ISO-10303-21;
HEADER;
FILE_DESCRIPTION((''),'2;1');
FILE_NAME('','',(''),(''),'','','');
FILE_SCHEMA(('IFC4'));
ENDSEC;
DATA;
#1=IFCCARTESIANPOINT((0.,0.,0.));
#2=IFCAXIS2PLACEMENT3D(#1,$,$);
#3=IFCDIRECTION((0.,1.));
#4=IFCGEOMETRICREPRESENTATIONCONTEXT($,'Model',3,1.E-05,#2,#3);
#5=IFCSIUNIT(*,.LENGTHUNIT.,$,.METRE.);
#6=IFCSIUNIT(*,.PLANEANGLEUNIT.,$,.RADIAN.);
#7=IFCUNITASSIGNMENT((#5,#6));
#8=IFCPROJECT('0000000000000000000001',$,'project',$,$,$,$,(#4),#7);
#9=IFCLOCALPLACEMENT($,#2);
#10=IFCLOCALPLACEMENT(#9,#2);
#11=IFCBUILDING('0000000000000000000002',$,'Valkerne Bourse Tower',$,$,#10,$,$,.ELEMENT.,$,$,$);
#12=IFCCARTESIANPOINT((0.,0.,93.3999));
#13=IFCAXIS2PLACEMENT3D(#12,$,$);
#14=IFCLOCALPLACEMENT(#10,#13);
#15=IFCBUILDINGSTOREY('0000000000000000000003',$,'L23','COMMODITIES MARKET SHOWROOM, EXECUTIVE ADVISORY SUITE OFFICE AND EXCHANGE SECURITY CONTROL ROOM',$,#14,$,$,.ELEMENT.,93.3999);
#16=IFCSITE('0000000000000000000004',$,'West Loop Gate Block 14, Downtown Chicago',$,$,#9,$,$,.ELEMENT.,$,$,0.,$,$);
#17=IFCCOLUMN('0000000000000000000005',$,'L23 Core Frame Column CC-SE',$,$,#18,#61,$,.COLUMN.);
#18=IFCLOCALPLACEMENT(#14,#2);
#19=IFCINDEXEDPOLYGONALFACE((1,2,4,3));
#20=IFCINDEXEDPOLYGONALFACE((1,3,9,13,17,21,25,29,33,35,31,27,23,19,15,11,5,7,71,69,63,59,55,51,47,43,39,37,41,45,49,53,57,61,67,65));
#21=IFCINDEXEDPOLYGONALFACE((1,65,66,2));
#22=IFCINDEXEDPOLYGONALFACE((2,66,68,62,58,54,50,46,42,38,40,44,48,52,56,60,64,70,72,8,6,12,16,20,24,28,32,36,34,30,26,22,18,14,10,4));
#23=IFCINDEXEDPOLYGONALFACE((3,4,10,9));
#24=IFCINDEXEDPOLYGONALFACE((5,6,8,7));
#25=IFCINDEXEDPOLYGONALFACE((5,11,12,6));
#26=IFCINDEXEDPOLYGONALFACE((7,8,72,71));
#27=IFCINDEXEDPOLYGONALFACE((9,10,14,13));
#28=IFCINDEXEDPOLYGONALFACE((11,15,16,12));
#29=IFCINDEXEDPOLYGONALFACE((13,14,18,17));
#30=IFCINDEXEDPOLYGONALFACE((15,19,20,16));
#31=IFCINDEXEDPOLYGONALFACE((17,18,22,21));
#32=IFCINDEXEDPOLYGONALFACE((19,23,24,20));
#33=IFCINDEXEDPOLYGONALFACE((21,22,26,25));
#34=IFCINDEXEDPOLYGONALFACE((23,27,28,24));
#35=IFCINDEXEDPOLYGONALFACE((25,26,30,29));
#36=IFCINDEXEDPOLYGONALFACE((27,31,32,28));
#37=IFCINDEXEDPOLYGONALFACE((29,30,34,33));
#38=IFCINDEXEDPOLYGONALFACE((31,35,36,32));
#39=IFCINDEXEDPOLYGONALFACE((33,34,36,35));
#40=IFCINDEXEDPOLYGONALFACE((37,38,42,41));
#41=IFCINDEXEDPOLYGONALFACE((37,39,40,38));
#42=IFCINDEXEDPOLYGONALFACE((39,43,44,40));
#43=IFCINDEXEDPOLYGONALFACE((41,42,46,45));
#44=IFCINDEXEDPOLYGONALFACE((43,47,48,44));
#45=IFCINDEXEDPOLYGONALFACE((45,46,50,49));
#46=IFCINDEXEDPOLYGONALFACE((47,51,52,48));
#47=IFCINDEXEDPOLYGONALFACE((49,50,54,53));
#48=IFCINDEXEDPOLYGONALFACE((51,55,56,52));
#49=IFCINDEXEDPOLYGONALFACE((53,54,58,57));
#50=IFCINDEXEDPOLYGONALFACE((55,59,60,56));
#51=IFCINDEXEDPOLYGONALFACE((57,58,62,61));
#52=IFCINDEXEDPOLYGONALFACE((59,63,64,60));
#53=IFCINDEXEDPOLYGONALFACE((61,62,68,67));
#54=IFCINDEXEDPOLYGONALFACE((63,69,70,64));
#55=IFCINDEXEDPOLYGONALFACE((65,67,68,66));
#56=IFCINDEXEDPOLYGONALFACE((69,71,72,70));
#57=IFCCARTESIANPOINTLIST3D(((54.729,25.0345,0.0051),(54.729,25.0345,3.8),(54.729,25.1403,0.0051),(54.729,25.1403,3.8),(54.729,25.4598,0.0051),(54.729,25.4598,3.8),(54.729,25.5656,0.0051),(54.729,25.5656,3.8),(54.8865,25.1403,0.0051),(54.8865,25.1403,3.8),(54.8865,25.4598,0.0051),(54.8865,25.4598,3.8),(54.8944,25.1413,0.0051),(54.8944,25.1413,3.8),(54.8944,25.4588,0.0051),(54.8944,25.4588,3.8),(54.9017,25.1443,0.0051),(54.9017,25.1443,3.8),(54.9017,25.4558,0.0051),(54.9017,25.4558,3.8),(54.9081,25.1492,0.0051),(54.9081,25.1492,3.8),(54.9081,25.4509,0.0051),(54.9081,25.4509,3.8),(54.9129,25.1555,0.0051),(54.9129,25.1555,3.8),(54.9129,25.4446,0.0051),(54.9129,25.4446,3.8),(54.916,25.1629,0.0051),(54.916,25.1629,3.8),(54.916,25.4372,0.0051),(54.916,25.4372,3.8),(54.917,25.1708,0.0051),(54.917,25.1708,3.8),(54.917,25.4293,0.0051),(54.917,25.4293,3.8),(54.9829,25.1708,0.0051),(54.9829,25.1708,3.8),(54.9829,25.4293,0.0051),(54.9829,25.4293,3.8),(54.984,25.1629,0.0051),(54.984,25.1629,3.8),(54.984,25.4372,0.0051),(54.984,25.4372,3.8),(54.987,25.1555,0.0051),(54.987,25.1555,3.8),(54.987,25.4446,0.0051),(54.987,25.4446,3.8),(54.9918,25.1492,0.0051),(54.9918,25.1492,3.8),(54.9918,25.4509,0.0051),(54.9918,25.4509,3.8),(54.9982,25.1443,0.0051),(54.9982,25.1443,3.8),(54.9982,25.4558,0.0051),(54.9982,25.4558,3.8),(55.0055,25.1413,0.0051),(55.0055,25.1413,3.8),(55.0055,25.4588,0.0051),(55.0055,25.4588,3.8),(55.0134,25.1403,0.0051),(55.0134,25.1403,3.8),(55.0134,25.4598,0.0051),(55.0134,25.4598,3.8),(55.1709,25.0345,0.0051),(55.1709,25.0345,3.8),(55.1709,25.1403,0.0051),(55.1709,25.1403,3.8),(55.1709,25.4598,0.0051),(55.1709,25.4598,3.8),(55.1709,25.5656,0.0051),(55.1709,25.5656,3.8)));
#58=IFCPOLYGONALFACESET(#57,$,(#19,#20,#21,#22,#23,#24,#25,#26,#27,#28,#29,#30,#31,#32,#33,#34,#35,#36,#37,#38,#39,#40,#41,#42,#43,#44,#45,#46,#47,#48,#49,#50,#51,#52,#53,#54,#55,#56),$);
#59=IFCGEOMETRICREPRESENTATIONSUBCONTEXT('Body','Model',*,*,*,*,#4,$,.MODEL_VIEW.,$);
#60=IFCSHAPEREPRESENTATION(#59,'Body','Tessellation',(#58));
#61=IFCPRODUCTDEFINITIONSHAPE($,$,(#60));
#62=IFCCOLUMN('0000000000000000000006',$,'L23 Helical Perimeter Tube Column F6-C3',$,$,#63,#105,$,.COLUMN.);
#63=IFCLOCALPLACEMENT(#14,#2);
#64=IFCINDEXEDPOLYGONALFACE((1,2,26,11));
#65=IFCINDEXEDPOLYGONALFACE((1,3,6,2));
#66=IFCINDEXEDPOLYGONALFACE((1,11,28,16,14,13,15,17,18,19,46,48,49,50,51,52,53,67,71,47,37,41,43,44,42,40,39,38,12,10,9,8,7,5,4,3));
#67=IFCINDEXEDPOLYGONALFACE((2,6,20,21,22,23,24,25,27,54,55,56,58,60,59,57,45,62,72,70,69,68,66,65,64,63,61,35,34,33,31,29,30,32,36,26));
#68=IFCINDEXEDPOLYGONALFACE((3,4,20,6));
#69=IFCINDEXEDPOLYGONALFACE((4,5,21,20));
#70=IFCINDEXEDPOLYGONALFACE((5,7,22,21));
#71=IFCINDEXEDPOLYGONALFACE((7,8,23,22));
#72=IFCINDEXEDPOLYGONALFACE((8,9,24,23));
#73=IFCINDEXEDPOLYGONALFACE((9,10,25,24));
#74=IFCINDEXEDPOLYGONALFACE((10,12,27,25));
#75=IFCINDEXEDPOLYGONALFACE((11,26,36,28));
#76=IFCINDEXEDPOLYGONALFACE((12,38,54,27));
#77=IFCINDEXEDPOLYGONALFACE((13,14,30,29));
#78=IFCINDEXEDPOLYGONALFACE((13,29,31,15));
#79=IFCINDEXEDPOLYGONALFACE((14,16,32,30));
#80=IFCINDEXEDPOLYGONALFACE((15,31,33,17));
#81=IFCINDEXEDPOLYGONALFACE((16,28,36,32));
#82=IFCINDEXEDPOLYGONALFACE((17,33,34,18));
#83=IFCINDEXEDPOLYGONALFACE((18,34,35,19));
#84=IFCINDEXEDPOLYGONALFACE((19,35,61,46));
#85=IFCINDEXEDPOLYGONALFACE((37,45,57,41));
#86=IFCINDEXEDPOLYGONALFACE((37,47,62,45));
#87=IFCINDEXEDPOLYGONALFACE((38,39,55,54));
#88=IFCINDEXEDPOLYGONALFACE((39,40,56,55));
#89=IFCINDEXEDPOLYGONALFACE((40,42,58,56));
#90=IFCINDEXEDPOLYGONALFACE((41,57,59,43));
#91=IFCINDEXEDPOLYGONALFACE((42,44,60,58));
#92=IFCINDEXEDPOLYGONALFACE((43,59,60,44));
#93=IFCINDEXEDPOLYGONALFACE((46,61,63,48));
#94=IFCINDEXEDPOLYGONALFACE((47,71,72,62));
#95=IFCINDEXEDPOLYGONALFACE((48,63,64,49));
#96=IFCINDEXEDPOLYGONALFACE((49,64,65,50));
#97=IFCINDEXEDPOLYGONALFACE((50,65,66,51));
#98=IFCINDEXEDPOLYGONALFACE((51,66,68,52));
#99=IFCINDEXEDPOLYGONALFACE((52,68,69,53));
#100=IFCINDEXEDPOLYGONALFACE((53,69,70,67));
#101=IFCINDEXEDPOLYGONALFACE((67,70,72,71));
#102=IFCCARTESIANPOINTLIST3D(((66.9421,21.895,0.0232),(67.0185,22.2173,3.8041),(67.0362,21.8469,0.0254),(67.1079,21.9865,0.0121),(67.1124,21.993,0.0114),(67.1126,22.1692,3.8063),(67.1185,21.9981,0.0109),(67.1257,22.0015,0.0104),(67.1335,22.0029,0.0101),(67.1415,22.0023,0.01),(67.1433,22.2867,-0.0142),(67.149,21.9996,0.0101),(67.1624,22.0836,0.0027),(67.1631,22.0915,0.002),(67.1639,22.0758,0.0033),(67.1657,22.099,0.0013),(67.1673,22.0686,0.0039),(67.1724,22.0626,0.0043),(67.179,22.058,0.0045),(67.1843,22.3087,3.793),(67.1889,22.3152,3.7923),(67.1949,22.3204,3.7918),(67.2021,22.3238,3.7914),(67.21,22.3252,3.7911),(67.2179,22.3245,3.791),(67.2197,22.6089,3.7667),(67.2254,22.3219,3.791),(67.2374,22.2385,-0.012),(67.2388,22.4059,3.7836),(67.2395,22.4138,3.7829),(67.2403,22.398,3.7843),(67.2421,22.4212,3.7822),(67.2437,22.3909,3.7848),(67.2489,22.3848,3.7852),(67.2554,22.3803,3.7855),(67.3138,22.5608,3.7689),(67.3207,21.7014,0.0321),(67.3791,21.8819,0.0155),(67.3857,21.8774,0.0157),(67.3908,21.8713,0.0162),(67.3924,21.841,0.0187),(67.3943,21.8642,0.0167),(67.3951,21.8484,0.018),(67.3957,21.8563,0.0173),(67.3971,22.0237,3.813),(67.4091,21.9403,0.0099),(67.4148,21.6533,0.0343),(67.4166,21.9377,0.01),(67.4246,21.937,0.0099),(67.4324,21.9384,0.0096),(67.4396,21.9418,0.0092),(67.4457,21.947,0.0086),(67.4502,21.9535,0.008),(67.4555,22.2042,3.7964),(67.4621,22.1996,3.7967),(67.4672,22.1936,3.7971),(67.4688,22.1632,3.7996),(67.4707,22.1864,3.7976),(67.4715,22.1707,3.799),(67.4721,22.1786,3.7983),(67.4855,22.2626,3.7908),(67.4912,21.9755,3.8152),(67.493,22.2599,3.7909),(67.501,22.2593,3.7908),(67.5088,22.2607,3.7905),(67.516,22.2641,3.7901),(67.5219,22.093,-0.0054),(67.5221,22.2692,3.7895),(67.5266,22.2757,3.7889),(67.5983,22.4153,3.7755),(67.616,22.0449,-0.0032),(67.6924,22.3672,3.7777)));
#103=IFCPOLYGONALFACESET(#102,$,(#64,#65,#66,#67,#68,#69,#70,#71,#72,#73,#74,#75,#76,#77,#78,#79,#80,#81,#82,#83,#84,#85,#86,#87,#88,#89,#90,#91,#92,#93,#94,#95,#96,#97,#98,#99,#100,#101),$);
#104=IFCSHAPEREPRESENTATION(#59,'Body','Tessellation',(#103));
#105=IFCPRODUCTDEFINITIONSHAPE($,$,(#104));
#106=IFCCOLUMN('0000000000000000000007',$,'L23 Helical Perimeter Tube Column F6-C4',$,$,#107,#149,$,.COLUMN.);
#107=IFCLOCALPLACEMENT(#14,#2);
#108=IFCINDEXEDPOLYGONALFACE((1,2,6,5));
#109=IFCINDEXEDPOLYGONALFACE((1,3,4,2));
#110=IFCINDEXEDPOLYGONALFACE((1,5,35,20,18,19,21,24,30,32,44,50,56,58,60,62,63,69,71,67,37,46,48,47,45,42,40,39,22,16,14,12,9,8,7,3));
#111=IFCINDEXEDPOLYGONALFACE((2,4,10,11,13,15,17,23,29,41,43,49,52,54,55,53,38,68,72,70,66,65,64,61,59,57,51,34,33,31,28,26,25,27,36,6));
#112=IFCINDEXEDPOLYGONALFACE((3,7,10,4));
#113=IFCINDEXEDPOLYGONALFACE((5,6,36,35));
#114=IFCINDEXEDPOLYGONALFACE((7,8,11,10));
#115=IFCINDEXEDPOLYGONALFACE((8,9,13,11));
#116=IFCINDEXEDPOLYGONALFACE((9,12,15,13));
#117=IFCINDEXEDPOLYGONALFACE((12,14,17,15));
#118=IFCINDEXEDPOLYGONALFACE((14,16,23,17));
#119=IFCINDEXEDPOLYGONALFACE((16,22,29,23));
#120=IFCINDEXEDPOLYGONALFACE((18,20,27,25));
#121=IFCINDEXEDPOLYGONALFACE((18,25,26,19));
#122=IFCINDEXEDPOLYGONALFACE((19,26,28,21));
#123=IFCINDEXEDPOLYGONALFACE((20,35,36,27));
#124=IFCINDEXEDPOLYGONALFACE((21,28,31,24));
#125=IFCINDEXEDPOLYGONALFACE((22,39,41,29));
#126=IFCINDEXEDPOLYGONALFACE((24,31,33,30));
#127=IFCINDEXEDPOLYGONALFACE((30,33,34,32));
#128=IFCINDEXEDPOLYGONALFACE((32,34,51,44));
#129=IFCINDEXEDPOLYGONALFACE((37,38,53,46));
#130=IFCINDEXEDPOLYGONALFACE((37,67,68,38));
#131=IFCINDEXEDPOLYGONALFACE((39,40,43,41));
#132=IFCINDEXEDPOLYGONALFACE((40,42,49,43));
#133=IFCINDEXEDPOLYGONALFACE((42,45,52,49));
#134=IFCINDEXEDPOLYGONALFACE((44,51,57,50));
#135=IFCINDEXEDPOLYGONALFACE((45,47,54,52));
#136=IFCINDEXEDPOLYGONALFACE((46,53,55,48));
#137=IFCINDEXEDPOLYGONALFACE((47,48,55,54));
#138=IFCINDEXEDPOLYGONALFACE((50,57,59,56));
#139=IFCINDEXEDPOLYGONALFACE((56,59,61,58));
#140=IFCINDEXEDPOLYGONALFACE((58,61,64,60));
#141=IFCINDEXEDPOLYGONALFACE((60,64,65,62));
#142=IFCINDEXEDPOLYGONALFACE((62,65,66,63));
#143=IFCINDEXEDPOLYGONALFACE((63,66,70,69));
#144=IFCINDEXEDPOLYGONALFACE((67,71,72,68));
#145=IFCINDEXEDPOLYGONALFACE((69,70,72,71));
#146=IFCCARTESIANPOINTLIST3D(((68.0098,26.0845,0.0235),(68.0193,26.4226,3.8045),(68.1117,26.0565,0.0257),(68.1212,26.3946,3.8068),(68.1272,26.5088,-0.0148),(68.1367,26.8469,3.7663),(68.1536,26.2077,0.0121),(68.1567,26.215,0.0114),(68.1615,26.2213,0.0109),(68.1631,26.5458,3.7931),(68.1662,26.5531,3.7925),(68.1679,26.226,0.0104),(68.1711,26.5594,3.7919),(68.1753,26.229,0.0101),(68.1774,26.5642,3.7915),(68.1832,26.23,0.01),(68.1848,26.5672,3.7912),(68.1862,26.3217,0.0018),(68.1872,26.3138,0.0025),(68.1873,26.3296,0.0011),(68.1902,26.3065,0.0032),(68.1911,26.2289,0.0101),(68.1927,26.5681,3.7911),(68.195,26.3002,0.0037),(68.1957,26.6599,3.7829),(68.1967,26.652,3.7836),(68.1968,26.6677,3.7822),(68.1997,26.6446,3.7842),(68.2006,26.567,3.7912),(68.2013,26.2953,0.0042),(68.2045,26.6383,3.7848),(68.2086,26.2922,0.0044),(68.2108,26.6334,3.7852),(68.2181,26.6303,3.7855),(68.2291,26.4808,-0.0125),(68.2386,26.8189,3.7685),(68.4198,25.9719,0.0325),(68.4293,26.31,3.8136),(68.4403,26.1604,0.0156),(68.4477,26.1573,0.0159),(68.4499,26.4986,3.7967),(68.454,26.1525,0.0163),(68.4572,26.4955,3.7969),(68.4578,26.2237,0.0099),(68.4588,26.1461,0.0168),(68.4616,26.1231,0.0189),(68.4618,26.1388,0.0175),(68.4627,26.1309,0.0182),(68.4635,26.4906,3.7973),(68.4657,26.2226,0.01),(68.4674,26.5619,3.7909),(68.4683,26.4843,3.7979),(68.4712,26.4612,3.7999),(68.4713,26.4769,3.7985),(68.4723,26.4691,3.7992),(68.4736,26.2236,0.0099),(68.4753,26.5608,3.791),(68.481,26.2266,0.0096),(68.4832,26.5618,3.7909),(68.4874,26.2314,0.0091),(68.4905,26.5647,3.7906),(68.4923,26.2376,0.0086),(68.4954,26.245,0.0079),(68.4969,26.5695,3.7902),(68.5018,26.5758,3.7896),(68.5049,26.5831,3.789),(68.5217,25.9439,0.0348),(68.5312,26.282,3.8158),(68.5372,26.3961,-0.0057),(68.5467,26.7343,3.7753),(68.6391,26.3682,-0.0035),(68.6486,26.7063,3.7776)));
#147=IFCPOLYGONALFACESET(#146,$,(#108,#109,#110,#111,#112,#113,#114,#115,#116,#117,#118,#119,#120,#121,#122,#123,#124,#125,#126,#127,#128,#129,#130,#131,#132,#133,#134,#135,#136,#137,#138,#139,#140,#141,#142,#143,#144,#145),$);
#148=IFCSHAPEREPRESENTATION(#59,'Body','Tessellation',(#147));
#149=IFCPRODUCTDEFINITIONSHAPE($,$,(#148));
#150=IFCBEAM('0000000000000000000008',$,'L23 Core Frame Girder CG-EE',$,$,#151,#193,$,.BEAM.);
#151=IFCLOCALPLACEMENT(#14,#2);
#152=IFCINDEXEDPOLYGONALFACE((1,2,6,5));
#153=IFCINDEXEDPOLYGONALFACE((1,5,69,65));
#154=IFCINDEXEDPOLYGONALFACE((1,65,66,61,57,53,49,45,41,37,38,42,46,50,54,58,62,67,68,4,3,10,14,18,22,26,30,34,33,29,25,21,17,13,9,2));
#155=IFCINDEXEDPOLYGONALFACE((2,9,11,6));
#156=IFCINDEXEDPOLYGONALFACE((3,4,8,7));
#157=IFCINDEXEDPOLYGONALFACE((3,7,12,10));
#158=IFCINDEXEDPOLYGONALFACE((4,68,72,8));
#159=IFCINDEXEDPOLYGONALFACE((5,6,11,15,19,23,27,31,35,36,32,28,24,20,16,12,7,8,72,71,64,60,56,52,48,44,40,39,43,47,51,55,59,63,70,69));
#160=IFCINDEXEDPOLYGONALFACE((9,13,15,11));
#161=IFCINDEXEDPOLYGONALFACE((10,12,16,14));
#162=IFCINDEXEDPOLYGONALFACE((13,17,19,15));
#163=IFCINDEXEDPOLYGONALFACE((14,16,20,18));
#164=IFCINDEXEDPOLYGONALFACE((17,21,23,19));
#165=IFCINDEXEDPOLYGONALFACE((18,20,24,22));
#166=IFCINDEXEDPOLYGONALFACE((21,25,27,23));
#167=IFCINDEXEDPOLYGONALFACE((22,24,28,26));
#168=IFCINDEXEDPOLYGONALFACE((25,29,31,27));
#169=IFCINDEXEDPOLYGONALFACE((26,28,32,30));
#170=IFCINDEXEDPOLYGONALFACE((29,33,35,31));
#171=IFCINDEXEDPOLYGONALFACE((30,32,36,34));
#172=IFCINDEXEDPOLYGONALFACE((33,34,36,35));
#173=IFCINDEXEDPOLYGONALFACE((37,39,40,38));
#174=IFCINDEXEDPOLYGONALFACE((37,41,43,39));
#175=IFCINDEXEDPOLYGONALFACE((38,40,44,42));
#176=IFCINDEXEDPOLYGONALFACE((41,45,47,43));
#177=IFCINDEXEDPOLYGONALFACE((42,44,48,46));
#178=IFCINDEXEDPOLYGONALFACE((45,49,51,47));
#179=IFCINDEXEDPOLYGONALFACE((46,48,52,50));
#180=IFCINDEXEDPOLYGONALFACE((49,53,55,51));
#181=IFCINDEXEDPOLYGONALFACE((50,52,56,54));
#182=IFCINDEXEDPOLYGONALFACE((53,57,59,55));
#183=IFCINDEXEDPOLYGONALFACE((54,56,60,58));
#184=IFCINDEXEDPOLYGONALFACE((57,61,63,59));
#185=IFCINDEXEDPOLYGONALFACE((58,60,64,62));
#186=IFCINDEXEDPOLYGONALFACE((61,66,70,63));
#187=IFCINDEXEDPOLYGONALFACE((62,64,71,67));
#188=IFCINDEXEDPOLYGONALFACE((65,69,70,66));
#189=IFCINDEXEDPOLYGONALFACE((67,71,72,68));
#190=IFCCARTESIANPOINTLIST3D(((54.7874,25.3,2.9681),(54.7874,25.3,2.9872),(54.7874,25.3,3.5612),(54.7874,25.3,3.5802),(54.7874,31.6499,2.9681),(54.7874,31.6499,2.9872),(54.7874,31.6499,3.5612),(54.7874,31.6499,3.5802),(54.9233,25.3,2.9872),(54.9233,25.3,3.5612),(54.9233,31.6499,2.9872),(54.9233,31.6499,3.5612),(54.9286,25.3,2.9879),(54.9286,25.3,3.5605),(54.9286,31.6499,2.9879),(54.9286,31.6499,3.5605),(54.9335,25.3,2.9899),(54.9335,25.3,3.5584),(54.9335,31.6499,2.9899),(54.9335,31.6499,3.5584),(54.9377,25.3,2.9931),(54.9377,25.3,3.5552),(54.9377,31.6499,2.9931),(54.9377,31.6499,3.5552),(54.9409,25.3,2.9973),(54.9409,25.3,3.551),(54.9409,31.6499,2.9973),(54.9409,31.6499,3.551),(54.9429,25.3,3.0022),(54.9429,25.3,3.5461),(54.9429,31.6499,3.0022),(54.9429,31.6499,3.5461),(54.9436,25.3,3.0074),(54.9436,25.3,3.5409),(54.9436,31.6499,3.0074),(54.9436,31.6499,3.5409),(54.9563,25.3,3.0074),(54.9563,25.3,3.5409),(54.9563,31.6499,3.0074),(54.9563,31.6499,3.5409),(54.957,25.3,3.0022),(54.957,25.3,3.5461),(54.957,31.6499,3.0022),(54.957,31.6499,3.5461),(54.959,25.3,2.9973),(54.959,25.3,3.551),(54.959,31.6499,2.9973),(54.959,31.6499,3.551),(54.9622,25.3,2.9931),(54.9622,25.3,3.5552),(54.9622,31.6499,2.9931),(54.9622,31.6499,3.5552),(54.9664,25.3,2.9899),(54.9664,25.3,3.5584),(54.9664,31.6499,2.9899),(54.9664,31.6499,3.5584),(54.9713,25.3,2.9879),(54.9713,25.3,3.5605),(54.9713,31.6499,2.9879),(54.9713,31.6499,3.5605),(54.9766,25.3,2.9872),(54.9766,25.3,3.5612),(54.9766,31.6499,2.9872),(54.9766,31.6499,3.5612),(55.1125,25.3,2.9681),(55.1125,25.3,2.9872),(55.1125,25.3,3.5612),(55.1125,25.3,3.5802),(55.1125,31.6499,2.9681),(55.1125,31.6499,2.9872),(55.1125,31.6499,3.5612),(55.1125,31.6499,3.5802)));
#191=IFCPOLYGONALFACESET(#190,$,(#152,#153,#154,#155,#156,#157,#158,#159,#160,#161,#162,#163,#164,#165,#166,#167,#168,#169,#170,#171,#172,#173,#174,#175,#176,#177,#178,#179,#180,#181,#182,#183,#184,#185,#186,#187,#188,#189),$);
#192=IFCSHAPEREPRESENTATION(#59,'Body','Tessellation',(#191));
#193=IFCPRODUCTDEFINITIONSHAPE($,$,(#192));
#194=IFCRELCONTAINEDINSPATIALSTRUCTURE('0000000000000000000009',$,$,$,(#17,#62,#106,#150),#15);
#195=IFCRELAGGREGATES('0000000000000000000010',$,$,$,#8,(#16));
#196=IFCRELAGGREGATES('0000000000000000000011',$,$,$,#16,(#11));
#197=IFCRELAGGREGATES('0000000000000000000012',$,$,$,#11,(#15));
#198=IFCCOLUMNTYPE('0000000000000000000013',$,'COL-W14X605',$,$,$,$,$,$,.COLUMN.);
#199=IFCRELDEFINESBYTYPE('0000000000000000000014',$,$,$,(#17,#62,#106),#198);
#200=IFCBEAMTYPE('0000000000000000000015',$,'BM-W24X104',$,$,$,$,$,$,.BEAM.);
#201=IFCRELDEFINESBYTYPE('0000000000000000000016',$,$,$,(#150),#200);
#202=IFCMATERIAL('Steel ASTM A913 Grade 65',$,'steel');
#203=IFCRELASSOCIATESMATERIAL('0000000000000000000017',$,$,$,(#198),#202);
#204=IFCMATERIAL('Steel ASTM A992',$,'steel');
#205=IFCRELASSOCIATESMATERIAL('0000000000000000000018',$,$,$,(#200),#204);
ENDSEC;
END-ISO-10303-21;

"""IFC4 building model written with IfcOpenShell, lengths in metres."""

from ifc_helpers import new_model, si_unit, direction, frame, origin, origin_2d, place, context, subcontext, project, spatial, i_section, extrude, material, material_profile, profile_set, type_object, element, save


model = new_model("IFC4")

# Units and contexts
model_context = context("Model", 3, precision=1e-05, world=origin(), true_north=direction((0.0, 1.0)))
body_context = subcontext(model_context, "Body", "Model", "MODEL_VIEW")
ifc_project = project(units=[si_unit("LENGTHUNIT", "METRE"), si_unit("PLANEANGLEUNIT", "RADIAN")], contexts=[model_context])

# Site, building, storey
site_placement = place(None, origin())
site = spatial("IfcSite", under=ifc_project, at=site_placement, Name="West Loop Gate Block 14, Downtown Chicago", CompositionType="ELEMENT", RefElevation=0.0)
building_placement = place(site_placement, origin())
building = spatial("IfcBuilding", under=site, at=building_placement, Name="Valkerne Bourse Tower", CompositionType="ELEMENT")
storey_placement = place(building_placement, frame((0.0, 0.0, 93.3999)))
storey = spatial("IfcBuildingStorey", under=building, at=storey_placement, Name="L23", Description="COMMODITIES MARKET SHOWROOM, EXECUTIVE ADVISORY SUITE OFFICE AND EXCHANGE SECURITY CONTROL ROOM", CompositionType="ELEMENT", Elevation=93.3999)

# Columns
ifc_material_1 = material(Name="Steel ASTM A913 Grade 65", Category="steel")
ifc_material_profile_1 = material_profile(ifc_material_1, i_section(OverallWidth=0.4419, OverallDepth=0.531, WebThickness=0.0659, FlangeThickness=0.1057, FilletRadius=0.0305, at=origin_2d()), Name="W14X605")
ifc_profile_set_1 = profile_set([ifc_material_profile_1], Name="Steel ASTM A913 Grade 65")
column_type = type_object("IfcColumnType", Name="COL-W14X605", PredefinedType="COLUMN", material=ifc_profile_set_1)
column_1_placement = place(storey_placement, frame((54.95, 25.3, 0.0051), z_axis=(0.0, 0.0, 1.0), x_axis=(1.0, 0.0, 0.0)))
element("IfcColumn", 1, at=column_1_placement, inside=storey, type_object=column_type, Name="L23 Core Frame Column CC-SE", PredefinedType="COLUMN", context=body_context, shape_type="SweptSolid", body=[
    extrude(i_section(OverallWidth=0.4419, OverallDepth=0.531, WebThickness=0.0659, FlangeThickness=0.1057, FilletRadius=0.0305, at=origin_2d()), origin(), (0.0, 0.0, 1.0), 3.7949),
])
column_2_placement = place(storey_placement, frame((67.2791, 21.97, 0.01), z_axis=(0.020133, 0.084908, 0.996185), x_axis=(-0.455306, -0.886293, 0.084743)))
element("IfcColumn", 2, at=column_2_placement, inside=storey, type_object=column_type, Name="L23 Helical Perimeter Tube Column F6-C3", PredefinedType="COLUMN", context=body_context, shape_type="SweptSolid", body=[
    extrude(i_section(OverallWidth=0.4419, OverallDepth=0.531, WebThickness=0.0659, FlangeThickness=0.1057, FilletRadius=0.0305, at=origin_2d()), origin(), (0.0, 0.0, 1.0), 3.7954),
])
column_3_placement = place(storey_placement, frame((68.3245, 26.2263, 0.01), z_axis=(0.002508, 0.089074, 0.996022), x_axis=(-0.265665, -0.960174, 0.086537)))
element("IfcColumn", 3, at=column_3_placement, inside=storey, type_object=column_type, Name="L23 Helical Perimeter Tube Column F6-C4", PredefinedType="COLUMN", context=body_context, shape_type="SweptSolid", body=[
    extrude(i_section(OverallWidth=0.4419, OverallDepth=0.531, WebThickness=0.0659, FlangeThickness=0.1057, FilletRadius=0.0305, at=origin_2d()), origin(), (0.0, 0.0, 1.0), 3.7961),
])

# Beam
ifc_material_2 = material(Name="Steel ASTM A992", Category="steel")
ifc_material_profile_2 = material_profile(ifc_material_2, i_section(OverallWidth=0.3252, OverallDepth=0.6121, WebThickness=0.0127, FlangeThickness=0.019, FilletRadius=0.0203, at=origin_2d()), Name="W24X104")
ifc_profile_set_2 = profile_set([ifc_material_profile_2], Name="Steel ASTM A992")
beam_type_1 = type_object("IfcBeamType", Name="BM-W24X104", PredefinedType="BEAM", material=ifc_profile_set_2)
beam_1_placement = place(storey_placement, frame((54.95, 25.3, 3.2742), z_axis=(0.0, 1.0, 0.0), x_axis=(-1.0, 0.0, 0.0)))
element("IfcBeam", 4, at=beam_1_placement, inside=storey, type_object=beam_type_1, Name="L23 Core Frame Girder CG-EE", PredefinedType="BEAM", context=body_context, shape_type="SweptSolid", body=[
    extrude(i_section(OverallWidth=0.3252, OverallDepth=0.6121, WebThickness=0.0127, FlangeThickness=0.019, FilletRadius=0.0203, at=origin_2d()), origin(), (0.0, 0.0, 1.0), 6.3499),
])

save(model, "model.ifc")
